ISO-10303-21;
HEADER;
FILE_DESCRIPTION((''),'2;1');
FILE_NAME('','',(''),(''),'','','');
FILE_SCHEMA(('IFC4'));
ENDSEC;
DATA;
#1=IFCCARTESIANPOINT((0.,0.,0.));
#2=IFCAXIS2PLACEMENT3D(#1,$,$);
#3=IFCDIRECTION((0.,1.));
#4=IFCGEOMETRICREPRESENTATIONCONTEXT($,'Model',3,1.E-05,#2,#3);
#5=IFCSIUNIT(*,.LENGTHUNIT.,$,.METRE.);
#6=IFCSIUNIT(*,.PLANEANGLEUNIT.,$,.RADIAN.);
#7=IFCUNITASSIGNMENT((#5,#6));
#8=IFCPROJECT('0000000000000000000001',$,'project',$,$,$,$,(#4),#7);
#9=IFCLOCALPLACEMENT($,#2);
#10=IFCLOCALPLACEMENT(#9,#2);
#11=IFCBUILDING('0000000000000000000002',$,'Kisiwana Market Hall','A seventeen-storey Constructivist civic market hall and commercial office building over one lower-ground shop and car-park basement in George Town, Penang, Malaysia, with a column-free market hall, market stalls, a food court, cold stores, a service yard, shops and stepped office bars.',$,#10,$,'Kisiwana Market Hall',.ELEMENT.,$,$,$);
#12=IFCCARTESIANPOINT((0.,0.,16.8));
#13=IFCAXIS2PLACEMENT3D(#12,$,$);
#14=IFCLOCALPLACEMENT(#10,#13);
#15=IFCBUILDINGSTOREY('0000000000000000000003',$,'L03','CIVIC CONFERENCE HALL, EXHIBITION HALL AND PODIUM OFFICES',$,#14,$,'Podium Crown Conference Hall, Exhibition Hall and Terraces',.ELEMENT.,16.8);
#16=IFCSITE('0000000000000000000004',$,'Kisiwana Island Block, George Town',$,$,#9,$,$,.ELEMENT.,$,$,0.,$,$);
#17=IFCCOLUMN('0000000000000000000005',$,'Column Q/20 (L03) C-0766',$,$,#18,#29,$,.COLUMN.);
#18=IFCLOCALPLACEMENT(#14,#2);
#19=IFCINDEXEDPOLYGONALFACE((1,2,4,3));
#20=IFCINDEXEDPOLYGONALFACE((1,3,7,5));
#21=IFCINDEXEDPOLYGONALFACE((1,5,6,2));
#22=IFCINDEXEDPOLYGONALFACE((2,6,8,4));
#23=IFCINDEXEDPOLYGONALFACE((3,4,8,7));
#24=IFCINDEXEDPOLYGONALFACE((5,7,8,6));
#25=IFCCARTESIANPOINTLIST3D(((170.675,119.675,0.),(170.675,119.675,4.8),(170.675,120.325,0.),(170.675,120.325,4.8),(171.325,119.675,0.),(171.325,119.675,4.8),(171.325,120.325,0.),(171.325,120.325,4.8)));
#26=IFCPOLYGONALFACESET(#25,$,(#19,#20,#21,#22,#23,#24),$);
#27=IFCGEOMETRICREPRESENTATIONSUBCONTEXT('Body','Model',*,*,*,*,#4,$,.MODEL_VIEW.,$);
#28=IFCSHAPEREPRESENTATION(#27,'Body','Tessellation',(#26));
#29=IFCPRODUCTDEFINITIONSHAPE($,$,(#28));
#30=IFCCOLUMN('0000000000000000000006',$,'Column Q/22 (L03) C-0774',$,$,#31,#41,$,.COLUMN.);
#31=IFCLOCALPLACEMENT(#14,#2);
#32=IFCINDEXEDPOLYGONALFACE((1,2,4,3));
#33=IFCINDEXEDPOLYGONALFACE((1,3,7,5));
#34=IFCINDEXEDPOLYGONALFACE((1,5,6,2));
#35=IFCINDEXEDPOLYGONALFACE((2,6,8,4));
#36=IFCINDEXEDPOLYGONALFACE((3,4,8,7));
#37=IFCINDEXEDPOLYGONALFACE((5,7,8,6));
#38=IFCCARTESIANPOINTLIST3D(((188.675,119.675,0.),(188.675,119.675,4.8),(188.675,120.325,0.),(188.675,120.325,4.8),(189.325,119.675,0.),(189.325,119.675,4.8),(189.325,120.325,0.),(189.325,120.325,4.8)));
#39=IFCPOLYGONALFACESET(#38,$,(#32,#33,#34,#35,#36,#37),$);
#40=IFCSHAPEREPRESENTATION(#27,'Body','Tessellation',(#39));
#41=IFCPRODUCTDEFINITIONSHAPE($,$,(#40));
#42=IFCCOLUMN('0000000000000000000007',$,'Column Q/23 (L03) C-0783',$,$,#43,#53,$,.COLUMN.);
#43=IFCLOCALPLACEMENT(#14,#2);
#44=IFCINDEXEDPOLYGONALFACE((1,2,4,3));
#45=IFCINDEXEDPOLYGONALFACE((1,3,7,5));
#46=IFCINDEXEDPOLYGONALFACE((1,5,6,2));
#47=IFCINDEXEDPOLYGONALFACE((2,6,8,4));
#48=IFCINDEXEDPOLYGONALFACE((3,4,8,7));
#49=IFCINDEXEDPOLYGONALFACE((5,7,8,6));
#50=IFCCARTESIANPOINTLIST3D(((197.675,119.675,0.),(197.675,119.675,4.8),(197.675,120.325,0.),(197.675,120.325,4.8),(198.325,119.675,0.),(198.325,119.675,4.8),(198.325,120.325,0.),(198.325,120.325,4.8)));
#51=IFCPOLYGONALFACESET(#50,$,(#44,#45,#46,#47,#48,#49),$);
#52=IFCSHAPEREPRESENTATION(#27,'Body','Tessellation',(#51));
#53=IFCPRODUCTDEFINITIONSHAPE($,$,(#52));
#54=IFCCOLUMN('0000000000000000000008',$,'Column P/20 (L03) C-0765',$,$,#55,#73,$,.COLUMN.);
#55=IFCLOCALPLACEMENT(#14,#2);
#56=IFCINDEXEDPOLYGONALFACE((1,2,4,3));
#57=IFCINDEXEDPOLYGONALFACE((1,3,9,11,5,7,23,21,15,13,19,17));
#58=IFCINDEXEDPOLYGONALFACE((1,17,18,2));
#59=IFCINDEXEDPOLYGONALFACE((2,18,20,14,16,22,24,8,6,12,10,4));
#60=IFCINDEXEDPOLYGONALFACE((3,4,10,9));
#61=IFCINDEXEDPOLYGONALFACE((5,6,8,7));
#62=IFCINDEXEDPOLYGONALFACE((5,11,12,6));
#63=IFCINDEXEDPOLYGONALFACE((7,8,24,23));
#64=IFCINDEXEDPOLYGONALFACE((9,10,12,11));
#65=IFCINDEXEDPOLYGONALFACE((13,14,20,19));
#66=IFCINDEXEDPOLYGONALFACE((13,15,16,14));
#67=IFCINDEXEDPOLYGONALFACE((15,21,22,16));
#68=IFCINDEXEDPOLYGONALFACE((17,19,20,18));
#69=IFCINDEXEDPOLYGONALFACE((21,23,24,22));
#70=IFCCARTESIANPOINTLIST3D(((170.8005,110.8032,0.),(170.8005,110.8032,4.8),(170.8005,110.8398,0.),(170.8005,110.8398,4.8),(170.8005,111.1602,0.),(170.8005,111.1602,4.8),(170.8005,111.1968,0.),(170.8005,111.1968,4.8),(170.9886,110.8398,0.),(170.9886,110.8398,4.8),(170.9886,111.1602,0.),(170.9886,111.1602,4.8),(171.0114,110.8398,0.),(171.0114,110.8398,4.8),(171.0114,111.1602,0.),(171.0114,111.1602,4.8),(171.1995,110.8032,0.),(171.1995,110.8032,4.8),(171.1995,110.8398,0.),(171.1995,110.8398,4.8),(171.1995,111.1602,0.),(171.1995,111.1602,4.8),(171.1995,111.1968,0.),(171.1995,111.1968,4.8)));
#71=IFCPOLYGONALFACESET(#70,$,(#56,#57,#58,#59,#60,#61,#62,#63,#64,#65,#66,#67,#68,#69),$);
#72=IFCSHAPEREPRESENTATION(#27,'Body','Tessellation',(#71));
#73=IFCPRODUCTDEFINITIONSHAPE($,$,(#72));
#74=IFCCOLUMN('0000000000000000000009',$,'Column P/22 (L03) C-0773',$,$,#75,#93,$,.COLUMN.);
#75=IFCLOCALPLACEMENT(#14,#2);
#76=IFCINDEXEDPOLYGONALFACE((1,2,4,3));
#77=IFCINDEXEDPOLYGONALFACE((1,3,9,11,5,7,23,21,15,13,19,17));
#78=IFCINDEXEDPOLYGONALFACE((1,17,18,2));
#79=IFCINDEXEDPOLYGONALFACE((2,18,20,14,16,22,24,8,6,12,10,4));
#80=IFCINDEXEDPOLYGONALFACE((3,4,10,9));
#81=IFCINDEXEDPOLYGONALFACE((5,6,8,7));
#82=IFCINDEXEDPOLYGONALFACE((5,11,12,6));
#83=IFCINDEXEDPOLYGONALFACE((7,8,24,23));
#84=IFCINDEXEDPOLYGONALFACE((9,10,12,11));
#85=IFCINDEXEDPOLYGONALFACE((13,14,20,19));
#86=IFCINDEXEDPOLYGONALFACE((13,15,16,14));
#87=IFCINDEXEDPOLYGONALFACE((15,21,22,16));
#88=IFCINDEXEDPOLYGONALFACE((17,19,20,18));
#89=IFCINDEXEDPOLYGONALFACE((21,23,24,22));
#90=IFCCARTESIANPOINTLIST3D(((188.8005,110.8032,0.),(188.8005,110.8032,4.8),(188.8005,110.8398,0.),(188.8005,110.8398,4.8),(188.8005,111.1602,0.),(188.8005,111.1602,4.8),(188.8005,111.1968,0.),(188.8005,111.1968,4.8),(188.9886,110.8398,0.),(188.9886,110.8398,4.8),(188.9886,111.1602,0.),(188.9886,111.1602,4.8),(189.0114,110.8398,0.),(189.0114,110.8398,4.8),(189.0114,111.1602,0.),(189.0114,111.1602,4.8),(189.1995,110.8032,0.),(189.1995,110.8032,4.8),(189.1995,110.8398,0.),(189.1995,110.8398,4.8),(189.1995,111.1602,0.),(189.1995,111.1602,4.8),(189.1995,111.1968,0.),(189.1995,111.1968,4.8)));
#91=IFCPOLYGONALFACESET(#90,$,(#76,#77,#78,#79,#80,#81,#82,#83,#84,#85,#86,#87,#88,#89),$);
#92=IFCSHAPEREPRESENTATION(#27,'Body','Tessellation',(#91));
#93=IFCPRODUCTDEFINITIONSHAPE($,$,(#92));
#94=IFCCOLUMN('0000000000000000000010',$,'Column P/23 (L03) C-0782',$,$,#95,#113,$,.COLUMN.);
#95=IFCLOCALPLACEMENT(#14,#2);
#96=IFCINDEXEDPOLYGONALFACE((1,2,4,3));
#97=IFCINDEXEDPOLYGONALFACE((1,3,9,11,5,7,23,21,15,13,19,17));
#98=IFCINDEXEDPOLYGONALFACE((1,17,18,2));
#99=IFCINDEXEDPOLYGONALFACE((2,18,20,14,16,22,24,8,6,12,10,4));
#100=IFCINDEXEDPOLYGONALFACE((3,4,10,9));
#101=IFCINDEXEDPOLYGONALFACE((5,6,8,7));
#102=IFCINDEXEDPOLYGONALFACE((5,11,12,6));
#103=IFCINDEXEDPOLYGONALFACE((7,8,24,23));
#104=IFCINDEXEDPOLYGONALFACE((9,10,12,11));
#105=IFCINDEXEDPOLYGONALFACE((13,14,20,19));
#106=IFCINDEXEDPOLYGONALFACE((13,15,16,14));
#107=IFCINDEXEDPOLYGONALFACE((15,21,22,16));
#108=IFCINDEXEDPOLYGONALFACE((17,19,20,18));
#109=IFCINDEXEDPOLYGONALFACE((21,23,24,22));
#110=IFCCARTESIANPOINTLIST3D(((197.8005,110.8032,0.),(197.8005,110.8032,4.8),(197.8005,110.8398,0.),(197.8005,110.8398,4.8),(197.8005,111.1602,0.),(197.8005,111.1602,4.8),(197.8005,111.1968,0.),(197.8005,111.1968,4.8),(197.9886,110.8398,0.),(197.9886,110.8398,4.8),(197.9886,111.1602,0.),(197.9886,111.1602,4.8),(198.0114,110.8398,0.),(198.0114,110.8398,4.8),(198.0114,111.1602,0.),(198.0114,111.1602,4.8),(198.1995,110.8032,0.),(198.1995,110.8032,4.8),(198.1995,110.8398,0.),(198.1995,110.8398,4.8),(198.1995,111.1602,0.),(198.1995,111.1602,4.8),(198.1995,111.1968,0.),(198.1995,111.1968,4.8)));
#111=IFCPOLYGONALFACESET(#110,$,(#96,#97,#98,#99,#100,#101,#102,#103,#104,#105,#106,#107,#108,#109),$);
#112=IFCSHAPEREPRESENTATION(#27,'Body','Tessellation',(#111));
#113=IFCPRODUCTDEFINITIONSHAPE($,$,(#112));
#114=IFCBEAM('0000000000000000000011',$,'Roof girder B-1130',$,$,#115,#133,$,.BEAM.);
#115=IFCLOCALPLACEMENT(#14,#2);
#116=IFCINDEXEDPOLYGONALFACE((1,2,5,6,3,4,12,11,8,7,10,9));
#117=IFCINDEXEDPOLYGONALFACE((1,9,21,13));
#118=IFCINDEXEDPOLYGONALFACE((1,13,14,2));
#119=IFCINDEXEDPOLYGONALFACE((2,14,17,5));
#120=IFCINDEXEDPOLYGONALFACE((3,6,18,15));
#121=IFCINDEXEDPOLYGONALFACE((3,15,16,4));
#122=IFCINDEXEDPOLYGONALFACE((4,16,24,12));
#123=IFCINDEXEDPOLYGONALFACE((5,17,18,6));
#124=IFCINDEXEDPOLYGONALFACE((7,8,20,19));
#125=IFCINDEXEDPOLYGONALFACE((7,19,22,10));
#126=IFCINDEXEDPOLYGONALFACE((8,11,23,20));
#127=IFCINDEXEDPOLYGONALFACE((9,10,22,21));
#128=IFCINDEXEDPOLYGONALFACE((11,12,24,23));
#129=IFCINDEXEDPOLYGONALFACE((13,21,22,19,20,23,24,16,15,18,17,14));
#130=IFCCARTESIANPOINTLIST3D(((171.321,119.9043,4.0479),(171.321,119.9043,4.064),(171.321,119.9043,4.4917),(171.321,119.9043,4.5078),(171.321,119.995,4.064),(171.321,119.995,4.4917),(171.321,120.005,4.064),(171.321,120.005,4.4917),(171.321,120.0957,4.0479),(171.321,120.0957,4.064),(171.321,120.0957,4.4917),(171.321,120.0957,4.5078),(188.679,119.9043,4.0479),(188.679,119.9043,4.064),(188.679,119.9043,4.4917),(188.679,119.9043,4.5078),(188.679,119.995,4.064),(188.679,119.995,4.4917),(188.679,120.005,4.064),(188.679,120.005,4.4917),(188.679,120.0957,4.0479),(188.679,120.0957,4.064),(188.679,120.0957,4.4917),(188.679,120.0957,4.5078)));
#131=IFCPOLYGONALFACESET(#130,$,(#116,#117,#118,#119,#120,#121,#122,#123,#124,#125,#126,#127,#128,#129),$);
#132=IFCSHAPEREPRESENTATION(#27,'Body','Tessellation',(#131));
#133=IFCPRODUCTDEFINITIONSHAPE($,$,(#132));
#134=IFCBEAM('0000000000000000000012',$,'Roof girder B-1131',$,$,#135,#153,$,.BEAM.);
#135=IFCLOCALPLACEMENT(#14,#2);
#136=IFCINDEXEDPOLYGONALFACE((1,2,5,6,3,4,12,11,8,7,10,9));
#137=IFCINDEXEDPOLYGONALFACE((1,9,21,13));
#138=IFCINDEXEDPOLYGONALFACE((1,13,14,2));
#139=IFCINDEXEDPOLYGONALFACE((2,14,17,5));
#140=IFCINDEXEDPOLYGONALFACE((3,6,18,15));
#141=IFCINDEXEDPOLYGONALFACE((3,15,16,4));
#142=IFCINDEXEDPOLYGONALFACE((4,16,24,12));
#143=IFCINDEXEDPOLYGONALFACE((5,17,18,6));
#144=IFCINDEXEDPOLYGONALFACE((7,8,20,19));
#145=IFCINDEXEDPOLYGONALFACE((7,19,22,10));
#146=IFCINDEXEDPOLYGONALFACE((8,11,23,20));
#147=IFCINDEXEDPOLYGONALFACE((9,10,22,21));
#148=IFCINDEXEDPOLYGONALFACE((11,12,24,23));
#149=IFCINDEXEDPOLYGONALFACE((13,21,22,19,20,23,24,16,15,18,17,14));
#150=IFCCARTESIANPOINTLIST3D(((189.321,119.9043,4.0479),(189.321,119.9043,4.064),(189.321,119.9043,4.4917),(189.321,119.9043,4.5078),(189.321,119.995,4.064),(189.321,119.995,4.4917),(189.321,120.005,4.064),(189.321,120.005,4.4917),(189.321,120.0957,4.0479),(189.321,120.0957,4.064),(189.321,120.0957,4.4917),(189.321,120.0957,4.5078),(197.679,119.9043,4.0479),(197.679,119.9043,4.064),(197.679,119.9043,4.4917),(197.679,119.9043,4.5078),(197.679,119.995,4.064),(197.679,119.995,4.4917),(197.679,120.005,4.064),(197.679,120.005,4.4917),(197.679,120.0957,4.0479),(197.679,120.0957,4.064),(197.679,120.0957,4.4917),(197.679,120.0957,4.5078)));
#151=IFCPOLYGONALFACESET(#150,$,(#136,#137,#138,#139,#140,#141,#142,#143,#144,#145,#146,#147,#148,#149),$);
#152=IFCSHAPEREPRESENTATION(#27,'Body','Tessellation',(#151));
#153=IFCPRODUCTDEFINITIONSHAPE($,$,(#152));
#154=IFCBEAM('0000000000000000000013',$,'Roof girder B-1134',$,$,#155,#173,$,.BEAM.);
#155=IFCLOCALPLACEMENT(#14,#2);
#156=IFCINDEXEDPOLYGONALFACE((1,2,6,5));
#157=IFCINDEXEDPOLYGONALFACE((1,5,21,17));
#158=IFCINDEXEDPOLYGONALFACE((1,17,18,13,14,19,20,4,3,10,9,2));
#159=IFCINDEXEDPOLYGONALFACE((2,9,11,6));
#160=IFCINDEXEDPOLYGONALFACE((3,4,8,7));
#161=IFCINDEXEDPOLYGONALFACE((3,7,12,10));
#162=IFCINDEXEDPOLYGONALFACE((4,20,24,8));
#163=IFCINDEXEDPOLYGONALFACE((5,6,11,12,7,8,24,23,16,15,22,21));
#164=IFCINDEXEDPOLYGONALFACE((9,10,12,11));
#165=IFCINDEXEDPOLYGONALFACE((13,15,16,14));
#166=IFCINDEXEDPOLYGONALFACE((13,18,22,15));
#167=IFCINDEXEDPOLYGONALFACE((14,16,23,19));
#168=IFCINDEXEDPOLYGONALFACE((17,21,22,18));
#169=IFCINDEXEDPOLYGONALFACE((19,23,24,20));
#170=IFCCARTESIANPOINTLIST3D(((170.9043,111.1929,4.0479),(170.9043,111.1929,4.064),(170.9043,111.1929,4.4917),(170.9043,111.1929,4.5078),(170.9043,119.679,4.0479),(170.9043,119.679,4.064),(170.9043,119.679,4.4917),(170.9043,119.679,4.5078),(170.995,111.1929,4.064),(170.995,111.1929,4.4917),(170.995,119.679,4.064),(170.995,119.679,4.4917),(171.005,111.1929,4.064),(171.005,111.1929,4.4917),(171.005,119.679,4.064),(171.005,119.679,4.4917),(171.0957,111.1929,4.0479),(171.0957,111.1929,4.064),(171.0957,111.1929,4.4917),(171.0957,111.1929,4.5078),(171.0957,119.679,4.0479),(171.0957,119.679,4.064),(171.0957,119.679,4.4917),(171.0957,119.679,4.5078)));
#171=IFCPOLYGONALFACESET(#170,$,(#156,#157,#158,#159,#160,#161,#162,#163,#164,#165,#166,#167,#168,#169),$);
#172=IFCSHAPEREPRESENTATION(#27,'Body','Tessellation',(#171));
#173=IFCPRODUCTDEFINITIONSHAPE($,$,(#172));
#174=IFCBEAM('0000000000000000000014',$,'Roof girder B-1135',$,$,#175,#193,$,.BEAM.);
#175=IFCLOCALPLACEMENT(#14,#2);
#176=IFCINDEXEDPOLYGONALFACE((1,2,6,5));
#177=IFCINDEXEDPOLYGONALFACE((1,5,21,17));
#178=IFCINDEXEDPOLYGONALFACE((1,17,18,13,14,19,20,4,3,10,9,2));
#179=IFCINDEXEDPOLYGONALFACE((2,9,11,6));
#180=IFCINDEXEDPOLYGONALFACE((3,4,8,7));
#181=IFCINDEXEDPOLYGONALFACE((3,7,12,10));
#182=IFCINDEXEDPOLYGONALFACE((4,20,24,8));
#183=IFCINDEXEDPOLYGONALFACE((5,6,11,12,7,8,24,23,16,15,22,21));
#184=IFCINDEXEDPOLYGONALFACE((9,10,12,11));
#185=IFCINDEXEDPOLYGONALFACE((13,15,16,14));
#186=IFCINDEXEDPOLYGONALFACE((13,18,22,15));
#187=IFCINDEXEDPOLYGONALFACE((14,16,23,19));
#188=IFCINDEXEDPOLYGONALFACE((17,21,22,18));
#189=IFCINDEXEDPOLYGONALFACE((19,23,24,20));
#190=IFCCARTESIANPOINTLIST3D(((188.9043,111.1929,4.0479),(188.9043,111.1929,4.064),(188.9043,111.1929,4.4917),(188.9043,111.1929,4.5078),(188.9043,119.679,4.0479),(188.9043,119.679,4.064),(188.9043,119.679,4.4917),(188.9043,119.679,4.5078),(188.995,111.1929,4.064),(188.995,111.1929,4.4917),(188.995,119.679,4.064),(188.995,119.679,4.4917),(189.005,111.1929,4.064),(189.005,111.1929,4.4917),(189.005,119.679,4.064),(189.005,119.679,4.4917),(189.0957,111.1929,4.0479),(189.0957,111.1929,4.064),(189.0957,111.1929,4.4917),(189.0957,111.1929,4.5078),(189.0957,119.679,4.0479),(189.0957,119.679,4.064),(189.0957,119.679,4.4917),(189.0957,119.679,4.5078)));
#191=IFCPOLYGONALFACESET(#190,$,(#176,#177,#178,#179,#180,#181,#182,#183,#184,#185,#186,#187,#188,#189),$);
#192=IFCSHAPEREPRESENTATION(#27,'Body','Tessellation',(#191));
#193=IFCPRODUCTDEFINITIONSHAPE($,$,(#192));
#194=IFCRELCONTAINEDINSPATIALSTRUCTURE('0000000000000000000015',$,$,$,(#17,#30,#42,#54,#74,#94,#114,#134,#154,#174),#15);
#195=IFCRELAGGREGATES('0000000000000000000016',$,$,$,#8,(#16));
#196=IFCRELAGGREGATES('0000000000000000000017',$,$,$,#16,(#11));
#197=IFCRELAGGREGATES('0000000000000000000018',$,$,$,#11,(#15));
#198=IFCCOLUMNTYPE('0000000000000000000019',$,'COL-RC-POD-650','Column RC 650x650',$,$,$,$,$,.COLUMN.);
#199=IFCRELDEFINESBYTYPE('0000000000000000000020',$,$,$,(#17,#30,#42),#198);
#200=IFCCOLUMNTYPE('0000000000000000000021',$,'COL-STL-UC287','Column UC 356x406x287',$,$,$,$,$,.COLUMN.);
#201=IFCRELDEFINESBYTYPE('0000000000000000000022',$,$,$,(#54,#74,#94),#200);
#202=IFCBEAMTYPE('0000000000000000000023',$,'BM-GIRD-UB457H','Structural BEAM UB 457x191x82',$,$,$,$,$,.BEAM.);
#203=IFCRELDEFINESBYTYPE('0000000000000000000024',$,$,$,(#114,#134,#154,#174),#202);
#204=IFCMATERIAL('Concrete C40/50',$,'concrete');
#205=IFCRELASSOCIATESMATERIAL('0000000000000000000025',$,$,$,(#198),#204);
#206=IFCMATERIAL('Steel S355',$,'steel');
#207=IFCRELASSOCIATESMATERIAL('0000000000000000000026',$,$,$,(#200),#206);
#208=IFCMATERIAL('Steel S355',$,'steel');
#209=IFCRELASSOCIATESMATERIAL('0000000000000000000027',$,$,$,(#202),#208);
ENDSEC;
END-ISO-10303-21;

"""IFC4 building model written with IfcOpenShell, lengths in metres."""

from ifc_helpers import new_model, si_unit, direction, frame, origin, origin_2d, place, context, subcontext, project, spatial, rectangle, i_section, extrude, material, material_profile, profile_set, type_object, element, save


model = new_model("IFC4")

# Units and contexts
model_context = context("Model", 3, precision=1e-05, world=origin(), true_north=direction((0.0, 1.0)))
body_context = subcontext(model_context, "Body", "Model", "MODEL_VIEW")
ifc_project = project(units=[si_unit("LENGTHUNIT", "METRE"), si_unit("PLANEANGLEUNIT", "RADIAN")], contexts=[model_context])

# Site, building, storey
site_placement = place(None, origin())
site = spatial("IfcSite", under=ifc_project, at=site_placement, Name="Kisiwana Island Block, George Town", CompositionType="ELEMENT", RefElevation=0.0)
building_placement = place(site_placement, origin())
building = spatial("IfcBuilding", under=site, at=building_placement, Name="Kisiwana Market Hall", Description="A seventeen-storey Constructivist civic market hall and commercial office building over one lower-ground shop and car-park basement in George Town, Penang, Malaysia, with a column-free market hall, market stalls, a food court, cold stores, a service yard, shops and stepped office bars.", LongName="Kisiwana Market Hall", CompositionType="ELEMENT")
storey_placement = place(building_placement, frame((0.0, 0.0, 16.8)))
storey = spatial("IfcBuildingStorey", under=building, at=storey_placement, Name="L03", Description="CIVIC CONFERENCE HALL, EXHIBITION HALL AND PODIUM OFFICES", LongName="Podium Crown Conference Hall, Exhibition Hall and Terraces", CompositionType="ELEMENT", Elevation=16.8)

# Columns
ifc_material_1 = material(Name="Concrete C40/50", Category="concrete")
ifc_material_profile_1 = material_profile(ifc_material_1, rectangle(XDim=0.6499, YDim=0.6499, at=origin_2d()), Name="RC 650x650")
ifc_profile_set_1 = profile_set([ifc_material_profile_1], Name="Concrete C40/50")
column_type_1 = type_object("IfcColumnType", Name="COL-RC-POD-650", Description="Column RC 650x650", PredefinedType="COLUMN", material=ifc_profile_set_1)
for number, where, z_axis, x_axis, name in (
    (1, (171.0, 120.0, 0.0), (0.0, 0.0, 1.0), (1.0, 0.0, 0.0), "Column Q/20 (L03) C-0766"),
    (2, (189.0, 120.0, 0.0), (0.0, 0.0, 1.0), (1.0, 0.0, 0.0), "Column Q/22 (L03) C-0774"),
    (3, (198.0, 120.0, 0.0), (0.0, 0.0, 1.0), (1.0, 0.0, 0.0), "Column Q/23 (L03) C-0783"),
):
    element("IfcColumn", number, at=place(storey_placement, frame(where, z_axis=z_axis, x_axis=x_axis)), inside=storey, type_object=column_type_1, Name=name, PredefinedType="COLUMN", context=body_context, shape_type="SweptSolid", body=[
        extrude(rectangle(XDim=0.6499, YDim=0.6499, at=origin_2d()), origin(), (0.0, 0.0, 1.0), 4.8),
    ])
ifc_material_2 = material(Name="Steel S355", Category="steel")
ifc_material_profile_2 = material_profile(ifc_material_2, i_section(OverallWidth=0.3989, OverallDepth=0.3936, WebThickness=0.0227, FlangeThickness=0.0366, at=origin_2d()), Name="UC 356x406x287")
ifc_profile_set_2 = profile_set([ifc_material_profile_2], Name="Steel S355")
column_type_2 = type_object("IfcColumnType", Name="COL-STL-UC287", Description="Column UC 356x406x287", PredefinedType="COLUMN", material=ifc_profile_set_2)
for number, where, z_axis, x_axis, name in (
    (4, (171.0, 111.0, 0.0), (0.0, 0.0, 1.0), (1.0, 0.0, 0.0), "Column P/20 (L03) C-0765"),
    (5, (189.0, 111.0, 0.0), (0.0, 0.0, 1.0), (1.0, 0.0, 0.0), "Column P/22 (L03) C-0773"),
    (6, (198.0, 111.0, 0.0), (0.0, 0.0, 1.0), (1.0, 0.0, 0.0), "Column P/23 (L03) C-0782"),
):
    element("IfcColumn", number, at=place(storey_placement, frame(where, z_axis=z_axis, x_axis=x_axis)), inside=storey, type_object=column_type_2, Name=name, PredefinedType="COLUMN", context=body_context, shape_type="SweptSolid", body=[
        extrude(i_section(OverallWidth=0.3989, OverallDepth=0.3936, WebThickness=0.0227, FlangeThickness=0.0366, at=origin_2d()), origin(), (0.0, 0.0, 1.0), 4.8),
    ])

# Beams
ifc_material_3 = material(Name="Steel S355", Category="steel")
ifc_material_profile_3 = material_profile(ifc_material_3, i_section(OverallWidth=0.1914, OverallDepth=0.46, WebThickness=0.01, FlangeThickness=0.0161, at=origin_2d()), Name="UB 457x191x82")
ifc_profile_set_3 = profile_set([ifc_material_profile_3], Name="Steel S355")
beam_type_1 = type_object("IfcBeamType", Name="BM-GIRD-UB457H", Description="Structural BEAM UB 457x191x82", PredefinedType="BEAM", material=ifc_profile_set_3)
beam_1_placement = place(storey_placement, frame((171.321, 120.0, 4.2778), z_axis=(1.0, 0.0, 0.0), x_axis=(0.0, 1.0, 0.0)))
element("IfcBeam", 7, at=beam_1_placement, inside=storey, type_object=beam_type_1, Name="Roof girder B-1130", PredefinedType="BEAM", context=body_context, shape_type="SweptSolid", body=[
    extrude(i_section(OverallWidth=0.1914, OverallDepth=0.46, WebThickness=0.01, FlangeThickness=0.0161, at=origin_2d()), origin(), (0.0, 0.0, 1.0), 17.3579),
])
beam_2_placement = place(storey_placement, frame((189.321, 120.0, 4.2778), z_axis=(1.0, 0.0, 0.0), x_axis=(0.0, 1.0, 0.0)))
element("IfcBeam", 8, at=beam_2_placement, inside=storey, type_object=beam_type_1, Name="Roof girder B-1131", PredefinedType="BEAM", context=body_context, shape_type="SweptSolid", body=[
    extrude(i_section(OverallWidth=0.1914, OverallDepth=0.46, WebThickness=0.01, FlangeThickness=0.0161, at=origin_2d()), origin(), (0.0, 0.0, 1.0), 8.3579),
])
for number, where, z_axis, x_axis, name in (
    (9, (171.0, 111.1929, 4.2778), (0.0, 1.0, 0.0), (-1.0, 0.0, 0.0), "Roof girder B-1134"),
    (10, (189.0, 111.1929, 4.2778), (0.0, 1.0, 0.0), (-1.0, 0.0, 0.0), "Roof girder B-1135"),
):
    element("IfcBeam", number, at=place(storey_placement, frame(where, z_axis=z_axis, x_axis=x_axis)), inside=storey, type_object=beam_type_1, Name=name, PredefinedType="BEAM", context=body_context, shape_type="SweptSolid", body=[
        extrude(i_section(OverallWidth=0.1914, OverallDepth=0.46, WebThickness=0.01, FlangeThickness=0.0161, at=origin_2d()), origin(), (0.0, 0.0, 1.0), 8.4861),
    ])

save(model, "model.ifc")
